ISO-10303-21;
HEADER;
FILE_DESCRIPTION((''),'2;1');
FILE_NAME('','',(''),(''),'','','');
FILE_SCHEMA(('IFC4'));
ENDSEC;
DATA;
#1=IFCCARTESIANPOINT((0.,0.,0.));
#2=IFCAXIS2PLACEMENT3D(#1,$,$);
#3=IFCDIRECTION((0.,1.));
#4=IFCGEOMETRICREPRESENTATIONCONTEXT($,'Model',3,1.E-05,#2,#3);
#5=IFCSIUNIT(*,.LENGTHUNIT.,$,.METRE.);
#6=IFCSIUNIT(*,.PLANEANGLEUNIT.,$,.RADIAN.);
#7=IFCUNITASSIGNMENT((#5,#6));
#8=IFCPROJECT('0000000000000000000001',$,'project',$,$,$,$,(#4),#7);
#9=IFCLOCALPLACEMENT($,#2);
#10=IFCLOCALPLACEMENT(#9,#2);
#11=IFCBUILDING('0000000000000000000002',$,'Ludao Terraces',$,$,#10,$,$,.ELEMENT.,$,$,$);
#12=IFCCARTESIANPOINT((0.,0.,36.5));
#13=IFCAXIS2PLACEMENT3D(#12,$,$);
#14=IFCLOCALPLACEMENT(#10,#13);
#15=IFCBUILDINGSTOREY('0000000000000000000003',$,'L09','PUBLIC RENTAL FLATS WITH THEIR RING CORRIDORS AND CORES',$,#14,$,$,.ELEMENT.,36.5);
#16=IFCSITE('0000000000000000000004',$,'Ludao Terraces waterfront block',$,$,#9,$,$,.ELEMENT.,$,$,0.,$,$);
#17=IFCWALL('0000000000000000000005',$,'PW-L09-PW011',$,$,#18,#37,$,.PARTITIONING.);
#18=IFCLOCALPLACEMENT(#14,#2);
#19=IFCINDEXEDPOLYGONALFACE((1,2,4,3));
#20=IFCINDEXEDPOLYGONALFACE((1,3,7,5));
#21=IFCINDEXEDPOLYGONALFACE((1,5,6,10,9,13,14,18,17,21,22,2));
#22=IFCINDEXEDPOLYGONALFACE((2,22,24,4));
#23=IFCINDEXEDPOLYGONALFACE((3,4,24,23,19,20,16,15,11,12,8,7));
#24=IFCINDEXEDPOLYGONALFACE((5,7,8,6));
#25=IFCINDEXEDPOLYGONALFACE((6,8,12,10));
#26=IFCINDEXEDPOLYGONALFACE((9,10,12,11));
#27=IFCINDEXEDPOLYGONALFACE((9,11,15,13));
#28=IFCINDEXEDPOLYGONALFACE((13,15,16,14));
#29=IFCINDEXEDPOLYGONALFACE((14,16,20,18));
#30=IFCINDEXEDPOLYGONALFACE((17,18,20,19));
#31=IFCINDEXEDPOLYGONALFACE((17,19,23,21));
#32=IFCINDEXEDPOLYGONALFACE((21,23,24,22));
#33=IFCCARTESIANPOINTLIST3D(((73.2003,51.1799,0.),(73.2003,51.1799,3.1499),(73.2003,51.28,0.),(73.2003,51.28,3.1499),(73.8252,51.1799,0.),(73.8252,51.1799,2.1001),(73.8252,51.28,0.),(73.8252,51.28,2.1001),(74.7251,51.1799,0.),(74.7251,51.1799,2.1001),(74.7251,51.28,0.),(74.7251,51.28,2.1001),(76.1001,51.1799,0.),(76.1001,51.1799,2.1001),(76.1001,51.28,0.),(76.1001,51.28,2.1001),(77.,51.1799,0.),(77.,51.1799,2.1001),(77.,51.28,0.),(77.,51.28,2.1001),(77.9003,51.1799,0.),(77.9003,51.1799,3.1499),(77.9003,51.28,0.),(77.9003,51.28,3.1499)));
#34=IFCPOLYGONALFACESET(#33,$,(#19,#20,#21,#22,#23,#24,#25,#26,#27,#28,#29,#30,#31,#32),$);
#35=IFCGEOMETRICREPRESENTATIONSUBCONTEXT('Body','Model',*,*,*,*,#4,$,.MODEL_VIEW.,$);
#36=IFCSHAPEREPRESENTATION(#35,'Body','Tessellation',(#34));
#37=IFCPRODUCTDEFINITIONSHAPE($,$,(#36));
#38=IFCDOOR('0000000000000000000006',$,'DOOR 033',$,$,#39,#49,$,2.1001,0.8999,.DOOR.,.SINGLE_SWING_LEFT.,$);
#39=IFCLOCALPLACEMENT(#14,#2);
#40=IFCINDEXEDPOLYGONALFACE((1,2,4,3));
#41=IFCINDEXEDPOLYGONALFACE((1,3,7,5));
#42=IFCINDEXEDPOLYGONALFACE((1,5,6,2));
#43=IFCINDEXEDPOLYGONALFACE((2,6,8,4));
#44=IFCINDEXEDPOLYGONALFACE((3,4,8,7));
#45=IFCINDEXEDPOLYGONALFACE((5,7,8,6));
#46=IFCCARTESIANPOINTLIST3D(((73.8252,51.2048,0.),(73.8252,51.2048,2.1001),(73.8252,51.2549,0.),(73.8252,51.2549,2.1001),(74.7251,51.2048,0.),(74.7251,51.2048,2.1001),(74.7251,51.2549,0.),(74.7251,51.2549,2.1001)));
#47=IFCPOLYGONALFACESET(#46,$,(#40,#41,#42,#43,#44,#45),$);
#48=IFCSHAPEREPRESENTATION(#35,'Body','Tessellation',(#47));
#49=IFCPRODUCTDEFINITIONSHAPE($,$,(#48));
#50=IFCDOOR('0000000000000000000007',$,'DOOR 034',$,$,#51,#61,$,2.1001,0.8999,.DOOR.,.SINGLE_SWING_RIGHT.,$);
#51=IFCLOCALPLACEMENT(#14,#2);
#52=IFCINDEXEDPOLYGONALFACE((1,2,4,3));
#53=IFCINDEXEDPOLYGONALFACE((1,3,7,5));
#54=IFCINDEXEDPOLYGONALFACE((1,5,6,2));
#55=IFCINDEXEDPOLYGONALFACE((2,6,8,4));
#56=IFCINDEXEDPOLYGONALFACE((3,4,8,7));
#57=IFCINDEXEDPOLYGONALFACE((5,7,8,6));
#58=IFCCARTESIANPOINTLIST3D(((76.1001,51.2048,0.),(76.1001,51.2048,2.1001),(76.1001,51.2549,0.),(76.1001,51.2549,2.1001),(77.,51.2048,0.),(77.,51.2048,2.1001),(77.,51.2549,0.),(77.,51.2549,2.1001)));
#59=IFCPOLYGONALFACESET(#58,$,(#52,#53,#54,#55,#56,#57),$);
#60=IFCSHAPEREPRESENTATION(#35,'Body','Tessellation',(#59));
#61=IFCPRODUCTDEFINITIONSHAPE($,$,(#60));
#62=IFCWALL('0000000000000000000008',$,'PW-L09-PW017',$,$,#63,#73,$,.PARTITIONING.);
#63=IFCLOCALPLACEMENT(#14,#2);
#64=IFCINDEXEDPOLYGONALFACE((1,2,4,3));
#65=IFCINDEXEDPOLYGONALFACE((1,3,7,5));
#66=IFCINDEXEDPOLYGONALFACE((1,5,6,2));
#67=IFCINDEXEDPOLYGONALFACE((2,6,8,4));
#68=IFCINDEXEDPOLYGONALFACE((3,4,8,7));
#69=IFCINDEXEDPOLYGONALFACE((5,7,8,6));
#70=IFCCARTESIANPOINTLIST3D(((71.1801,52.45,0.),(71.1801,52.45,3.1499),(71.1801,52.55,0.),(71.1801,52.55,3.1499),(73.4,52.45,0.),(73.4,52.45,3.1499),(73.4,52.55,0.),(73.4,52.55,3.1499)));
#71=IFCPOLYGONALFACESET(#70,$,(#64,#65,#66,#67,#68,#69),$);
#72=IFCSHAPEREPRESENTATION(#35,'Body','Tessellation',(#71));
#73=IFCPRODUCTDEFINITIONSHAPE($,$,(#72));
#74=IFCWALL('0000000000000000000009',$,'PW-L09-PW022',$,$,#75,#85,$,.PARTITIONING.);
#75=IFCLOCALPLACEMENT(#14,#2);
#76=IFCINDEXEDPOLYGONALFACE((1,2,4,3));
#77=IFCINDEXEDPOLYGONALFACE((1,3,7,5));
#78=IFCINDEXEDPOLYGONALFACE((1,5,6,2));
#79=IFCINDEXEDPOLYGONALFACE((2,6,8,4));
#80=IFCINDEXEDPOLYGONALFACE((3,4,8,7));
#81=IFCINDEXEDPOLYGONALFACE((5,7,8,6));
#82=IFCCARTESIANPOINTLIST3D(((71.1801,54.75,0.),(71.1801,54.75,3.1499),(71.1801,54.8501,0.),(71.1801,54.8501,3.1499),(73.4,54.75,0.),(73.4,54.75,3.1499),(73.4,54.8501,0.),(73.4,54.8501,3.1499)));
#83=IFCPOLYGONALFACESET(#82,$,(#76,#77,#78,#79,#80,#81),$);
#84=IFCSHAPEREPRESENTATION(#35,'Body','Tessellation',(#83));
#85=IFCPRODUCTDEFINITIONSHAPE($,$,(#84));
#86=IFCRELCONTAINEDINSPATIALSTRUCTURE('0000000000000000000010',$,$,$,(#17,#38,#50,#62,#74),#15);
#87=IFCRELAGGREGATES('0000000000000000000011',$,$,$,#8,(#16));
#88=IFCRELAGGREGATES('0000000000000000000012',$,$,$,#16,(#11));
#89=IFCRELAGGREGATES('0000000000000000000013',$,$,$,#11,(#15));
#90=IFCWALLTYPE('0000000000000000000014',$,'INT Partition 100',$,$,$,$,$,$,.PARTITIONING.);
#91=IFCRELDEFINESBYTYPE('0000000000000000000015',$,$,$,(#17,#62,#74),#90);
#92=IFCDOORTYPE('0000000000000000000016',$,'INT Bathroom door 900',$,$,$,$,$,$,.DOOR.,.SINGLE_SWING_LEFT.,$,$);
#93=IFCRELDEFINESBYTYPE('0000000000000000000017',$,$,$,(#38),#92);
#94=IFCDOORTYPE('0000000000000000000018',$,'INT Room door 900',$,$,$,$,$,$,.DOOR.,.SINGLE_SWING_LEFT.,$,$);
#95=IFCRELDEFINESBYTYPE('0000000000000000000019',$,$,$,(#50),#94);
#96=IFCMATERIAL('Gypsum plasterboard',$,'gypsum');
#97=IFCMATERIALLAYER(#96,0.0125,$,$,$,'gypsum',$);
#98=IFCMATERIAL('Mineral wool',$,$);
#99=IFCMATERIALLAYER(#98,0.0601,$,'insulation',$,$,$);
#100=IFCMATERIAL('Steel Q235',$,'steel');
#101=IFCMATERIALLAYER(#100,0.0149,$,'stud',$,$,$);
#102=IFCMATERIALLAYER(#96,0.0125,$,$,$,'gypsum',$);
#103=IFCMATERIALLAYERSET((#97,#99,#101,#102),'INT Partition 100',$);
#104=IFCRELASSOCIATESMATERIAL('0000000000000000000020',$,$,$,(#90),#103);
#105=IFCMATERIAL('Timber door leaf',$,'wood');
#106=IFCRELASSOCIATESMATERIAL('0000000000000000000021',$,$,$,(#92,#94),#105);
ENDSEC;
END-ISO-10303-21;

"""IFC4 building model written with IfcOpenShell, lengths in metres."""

from ifc_helpers import new_model, si_unit, direction, frame, frame_2d, origin, place, context, subcontext, project, spatial, rectangle, extrude, material, layer, layer_set, type_object, element, fill, save


model = new_model("IFC4")

# Units and contexts
model_context = context("Model", 3, precision=1e-05, world=origin(), true_north=direction((0.0, 1.0)))
body_context = subcontext(model_context, "Body", "Model", "MODEL_VIEW")
ifc_project = project(units=[si_unit("LENGTHUNIT", "METRE"), si_unit("PLANEANGLEUNIT", "RADIAN")], contexts=[model_context])

# Site, building, storey
site_placement = place(None, origin())
site = spatial("IfcSite", under=ifc_project, at=site_placement, Name="Ludao Terraces waterfront block", CompositionType="ELEMENT", RefElevation=0.0)
building_placement = place(site_placement, origin())
building = spatial("IfcBuilding", under=site, at=building_placement, Name="Ludao Terraces", CompositionType="ELEMENT")
storey_placement = place(building_placement, frame((0.0, 0.0, 36.5)))
storey = spatial("IfcBuildingStorey", under=building, at=storey_placement, Name="L09", Description="PUBLIC RENTAL FLATS WITH THEIR RING CORRIDORS AND CORES", CompositionType="ELEMENT", Elevation=36.5)

# Shared definitions
ifc_material_1 = material(Name="Steel Q235", Category="steel")

# Shared definitions
ifc_material_2 = material(Name="Gypsum plasterboard", Category="gypsum")
ifc_layer_1 = layer(ifc_material_2, 0.0125, Category="gypsum")
ifc_material_3 = material(Name="Mineral wool")
ifc_layer_2 = layer(ifc_material_3, 0.0601, Name="insulation")
ifc_layer_3 = layer(ifc_material_1, 0.0149, Name="stud")
ifc_layer_4 = layer(ifc_material_2, 0.0125, Category="gypsum")
ifc_layer_set_1 = layer_set([ifc_layer_1, ifc_layer_2, ifc_layer_3, ifc_layer_4], Name="INT Partition 100")
wall_type_1 = type_object("IfcWallType", Name="INT Partition 100", PredefinedType="PARTITIONING", material=ifc_layer_set_1)

# Wall, openings, doors
wall_1_placement = place(storey_placement, frame((73.2002, 51.23, 0.0), z_axis=(0.0, 0.0, 1.0), x_axis=(1.0, 0.0, 0.0)))
wall_1 = element("IfcWall", 1, at=wall_1_placement, inside=storey, type_object=wall_type_1, Name="PW-L09-PW011", PredefinedType="PARTITIONING", context=body_context, shape_type="SweptSolid", body=[
    extrude(rectangle(XDim=4.7, YDim=0.1001, at=frame_2d((2.3501, 0.0))), origin(), (0.0, 0.0, 1.0), 3.1499),
])
opening_1_placement = place(wall_1_placement, frame((0.625, 0.0, 0.0)))
opening_1 = element("IfcOpeningElement", 2, at=opening_1_placement, cuts=wall_1, PredefinedType="OPENING", context=body_context, shape_type="SweptSolid", body=[
    extrude(rectangle(XDim=0.8999, YDim=2.1001, at=frame_2d((0.45, 1.05))), frame((0.0, 0.0601, 0.0), z_axis=(0.0, -1.0, 0.0), x_axis=(1.0, 0.0, 0.0)), (0.0, 0.0, 1.0), 0.1201),
])
opening_2_placement = place(wall_1_placement, frame((2.8999, 0.0, 0.0)))
opening_2 = element("IfcOpeningElement", 3, at=opening_2_placement, cuts=wall_1, PredefinedType="OPENING", context=body_context, shape_type="SweptSolid", body=[
    extrude(rectangle(XDim=0.8999, YDim=2.1001, at=frame_2d((0.45, 1.05))), frame((0.0, 0.0601, 0.0), z_axis=(0.0, -1.0, 0.0), x_axis=(1.0, 0.0, 0.0)), (0.0, 0.0, 1.0), 0.1201),
])
ifc_material_4 = material(Name="Timber door leaf", Category="wood")
door_type_1 = type_object("IfcDoorType", Name="INT Bathroom door 900", OperationType="SINGLE_SWING_LEFT", PredefinedType="DOOR", material=ifc_material_4)
door_1_placement = place(opening_1_placement, origin())
door_1 = element("IfcDoor", 4, at=door_1_placement, inside=storey, type_object=door_type_1, Name="DOOR 033", OperationType="SINGLE_SWING_LEFT", OverallHeight=2.1001, OverallWidth=0.8999, PredefinedType="DOOR", context=body_context, shape_type="SweptSolid", body=[
    extrude(rectangle(XDim=0.8999, YDim=2.1001, at=frame_2d((0.45, 1.05))), frame((0.0, 0.0249, 0.0), z_axis=(0.0, -1.0, 0.0), x_axis=(1.0, 0.0, 0.0)), (0.0, 0.0, 1.0), 0.05),
])
fill(opening_1, door_1)
door_type_2 = type_object("IfcDoorType", Name="INT Room door 900", OperationType="SINGLE_SWING_LEFT", PredefinedType="DOOR", material=ifc_material_4)
door_2_placement = place(opening_2_placement, origin())
door_2 = element("IfcDoor", 5, at=door_2_placement, inside=storey, type_object=door_type_2, Name="DOOR 034", OperationType="SINGLE_SWING_RIGHT", OverallHeight=2.1001, OverallWidth=0.8999, PredefinedType="DOOR", context=body_context, shape_type="SweptSolid", body=[
    extrude(rectangle(XDim=0.8999, YDim=2.1001, at=frame_2d((0.45, 1.05))), frame((0.0, 0.0249, 0.0), z_axis=(0.0, -1.0, 0.0), x_axis=(1.0, 0.0, 0.0)), (0.0, 0.0, 1.0), 0.05),
])
fill(opening_2, door_2)

# Walls
for number, where, z_axis, x_axis, name in (
    (6, (71.1802, 52.5, 0.0), (0.0, 0.0, 1.0), (1.0, 0.0, 0.0), "PW-L09-PW017"),
    (7, (71.1802, 54.8, 0.0), (0.0, 0.0, 1.0), (1.0, 0.0, 0.0), "PW-L09-PW022"),
):
    element("IfcWall", number, at=place(storey_placement, frame(where, z_axis=z_axis, x_axis=x_axis)), inside=storey, type_object=wall_type_1, Name=name, PredefinedType="PARTITIONING", context=body_context, shape_type="SweptSolid", body=[
        extrude(rectangle(XDim=2.22, YDim=0.1001, at=frame_2d((1.1099, 0.0))), origin(), (0.0, 0.0, 1.0), 3.1499),
    ])

save(model, "model.ifc")
